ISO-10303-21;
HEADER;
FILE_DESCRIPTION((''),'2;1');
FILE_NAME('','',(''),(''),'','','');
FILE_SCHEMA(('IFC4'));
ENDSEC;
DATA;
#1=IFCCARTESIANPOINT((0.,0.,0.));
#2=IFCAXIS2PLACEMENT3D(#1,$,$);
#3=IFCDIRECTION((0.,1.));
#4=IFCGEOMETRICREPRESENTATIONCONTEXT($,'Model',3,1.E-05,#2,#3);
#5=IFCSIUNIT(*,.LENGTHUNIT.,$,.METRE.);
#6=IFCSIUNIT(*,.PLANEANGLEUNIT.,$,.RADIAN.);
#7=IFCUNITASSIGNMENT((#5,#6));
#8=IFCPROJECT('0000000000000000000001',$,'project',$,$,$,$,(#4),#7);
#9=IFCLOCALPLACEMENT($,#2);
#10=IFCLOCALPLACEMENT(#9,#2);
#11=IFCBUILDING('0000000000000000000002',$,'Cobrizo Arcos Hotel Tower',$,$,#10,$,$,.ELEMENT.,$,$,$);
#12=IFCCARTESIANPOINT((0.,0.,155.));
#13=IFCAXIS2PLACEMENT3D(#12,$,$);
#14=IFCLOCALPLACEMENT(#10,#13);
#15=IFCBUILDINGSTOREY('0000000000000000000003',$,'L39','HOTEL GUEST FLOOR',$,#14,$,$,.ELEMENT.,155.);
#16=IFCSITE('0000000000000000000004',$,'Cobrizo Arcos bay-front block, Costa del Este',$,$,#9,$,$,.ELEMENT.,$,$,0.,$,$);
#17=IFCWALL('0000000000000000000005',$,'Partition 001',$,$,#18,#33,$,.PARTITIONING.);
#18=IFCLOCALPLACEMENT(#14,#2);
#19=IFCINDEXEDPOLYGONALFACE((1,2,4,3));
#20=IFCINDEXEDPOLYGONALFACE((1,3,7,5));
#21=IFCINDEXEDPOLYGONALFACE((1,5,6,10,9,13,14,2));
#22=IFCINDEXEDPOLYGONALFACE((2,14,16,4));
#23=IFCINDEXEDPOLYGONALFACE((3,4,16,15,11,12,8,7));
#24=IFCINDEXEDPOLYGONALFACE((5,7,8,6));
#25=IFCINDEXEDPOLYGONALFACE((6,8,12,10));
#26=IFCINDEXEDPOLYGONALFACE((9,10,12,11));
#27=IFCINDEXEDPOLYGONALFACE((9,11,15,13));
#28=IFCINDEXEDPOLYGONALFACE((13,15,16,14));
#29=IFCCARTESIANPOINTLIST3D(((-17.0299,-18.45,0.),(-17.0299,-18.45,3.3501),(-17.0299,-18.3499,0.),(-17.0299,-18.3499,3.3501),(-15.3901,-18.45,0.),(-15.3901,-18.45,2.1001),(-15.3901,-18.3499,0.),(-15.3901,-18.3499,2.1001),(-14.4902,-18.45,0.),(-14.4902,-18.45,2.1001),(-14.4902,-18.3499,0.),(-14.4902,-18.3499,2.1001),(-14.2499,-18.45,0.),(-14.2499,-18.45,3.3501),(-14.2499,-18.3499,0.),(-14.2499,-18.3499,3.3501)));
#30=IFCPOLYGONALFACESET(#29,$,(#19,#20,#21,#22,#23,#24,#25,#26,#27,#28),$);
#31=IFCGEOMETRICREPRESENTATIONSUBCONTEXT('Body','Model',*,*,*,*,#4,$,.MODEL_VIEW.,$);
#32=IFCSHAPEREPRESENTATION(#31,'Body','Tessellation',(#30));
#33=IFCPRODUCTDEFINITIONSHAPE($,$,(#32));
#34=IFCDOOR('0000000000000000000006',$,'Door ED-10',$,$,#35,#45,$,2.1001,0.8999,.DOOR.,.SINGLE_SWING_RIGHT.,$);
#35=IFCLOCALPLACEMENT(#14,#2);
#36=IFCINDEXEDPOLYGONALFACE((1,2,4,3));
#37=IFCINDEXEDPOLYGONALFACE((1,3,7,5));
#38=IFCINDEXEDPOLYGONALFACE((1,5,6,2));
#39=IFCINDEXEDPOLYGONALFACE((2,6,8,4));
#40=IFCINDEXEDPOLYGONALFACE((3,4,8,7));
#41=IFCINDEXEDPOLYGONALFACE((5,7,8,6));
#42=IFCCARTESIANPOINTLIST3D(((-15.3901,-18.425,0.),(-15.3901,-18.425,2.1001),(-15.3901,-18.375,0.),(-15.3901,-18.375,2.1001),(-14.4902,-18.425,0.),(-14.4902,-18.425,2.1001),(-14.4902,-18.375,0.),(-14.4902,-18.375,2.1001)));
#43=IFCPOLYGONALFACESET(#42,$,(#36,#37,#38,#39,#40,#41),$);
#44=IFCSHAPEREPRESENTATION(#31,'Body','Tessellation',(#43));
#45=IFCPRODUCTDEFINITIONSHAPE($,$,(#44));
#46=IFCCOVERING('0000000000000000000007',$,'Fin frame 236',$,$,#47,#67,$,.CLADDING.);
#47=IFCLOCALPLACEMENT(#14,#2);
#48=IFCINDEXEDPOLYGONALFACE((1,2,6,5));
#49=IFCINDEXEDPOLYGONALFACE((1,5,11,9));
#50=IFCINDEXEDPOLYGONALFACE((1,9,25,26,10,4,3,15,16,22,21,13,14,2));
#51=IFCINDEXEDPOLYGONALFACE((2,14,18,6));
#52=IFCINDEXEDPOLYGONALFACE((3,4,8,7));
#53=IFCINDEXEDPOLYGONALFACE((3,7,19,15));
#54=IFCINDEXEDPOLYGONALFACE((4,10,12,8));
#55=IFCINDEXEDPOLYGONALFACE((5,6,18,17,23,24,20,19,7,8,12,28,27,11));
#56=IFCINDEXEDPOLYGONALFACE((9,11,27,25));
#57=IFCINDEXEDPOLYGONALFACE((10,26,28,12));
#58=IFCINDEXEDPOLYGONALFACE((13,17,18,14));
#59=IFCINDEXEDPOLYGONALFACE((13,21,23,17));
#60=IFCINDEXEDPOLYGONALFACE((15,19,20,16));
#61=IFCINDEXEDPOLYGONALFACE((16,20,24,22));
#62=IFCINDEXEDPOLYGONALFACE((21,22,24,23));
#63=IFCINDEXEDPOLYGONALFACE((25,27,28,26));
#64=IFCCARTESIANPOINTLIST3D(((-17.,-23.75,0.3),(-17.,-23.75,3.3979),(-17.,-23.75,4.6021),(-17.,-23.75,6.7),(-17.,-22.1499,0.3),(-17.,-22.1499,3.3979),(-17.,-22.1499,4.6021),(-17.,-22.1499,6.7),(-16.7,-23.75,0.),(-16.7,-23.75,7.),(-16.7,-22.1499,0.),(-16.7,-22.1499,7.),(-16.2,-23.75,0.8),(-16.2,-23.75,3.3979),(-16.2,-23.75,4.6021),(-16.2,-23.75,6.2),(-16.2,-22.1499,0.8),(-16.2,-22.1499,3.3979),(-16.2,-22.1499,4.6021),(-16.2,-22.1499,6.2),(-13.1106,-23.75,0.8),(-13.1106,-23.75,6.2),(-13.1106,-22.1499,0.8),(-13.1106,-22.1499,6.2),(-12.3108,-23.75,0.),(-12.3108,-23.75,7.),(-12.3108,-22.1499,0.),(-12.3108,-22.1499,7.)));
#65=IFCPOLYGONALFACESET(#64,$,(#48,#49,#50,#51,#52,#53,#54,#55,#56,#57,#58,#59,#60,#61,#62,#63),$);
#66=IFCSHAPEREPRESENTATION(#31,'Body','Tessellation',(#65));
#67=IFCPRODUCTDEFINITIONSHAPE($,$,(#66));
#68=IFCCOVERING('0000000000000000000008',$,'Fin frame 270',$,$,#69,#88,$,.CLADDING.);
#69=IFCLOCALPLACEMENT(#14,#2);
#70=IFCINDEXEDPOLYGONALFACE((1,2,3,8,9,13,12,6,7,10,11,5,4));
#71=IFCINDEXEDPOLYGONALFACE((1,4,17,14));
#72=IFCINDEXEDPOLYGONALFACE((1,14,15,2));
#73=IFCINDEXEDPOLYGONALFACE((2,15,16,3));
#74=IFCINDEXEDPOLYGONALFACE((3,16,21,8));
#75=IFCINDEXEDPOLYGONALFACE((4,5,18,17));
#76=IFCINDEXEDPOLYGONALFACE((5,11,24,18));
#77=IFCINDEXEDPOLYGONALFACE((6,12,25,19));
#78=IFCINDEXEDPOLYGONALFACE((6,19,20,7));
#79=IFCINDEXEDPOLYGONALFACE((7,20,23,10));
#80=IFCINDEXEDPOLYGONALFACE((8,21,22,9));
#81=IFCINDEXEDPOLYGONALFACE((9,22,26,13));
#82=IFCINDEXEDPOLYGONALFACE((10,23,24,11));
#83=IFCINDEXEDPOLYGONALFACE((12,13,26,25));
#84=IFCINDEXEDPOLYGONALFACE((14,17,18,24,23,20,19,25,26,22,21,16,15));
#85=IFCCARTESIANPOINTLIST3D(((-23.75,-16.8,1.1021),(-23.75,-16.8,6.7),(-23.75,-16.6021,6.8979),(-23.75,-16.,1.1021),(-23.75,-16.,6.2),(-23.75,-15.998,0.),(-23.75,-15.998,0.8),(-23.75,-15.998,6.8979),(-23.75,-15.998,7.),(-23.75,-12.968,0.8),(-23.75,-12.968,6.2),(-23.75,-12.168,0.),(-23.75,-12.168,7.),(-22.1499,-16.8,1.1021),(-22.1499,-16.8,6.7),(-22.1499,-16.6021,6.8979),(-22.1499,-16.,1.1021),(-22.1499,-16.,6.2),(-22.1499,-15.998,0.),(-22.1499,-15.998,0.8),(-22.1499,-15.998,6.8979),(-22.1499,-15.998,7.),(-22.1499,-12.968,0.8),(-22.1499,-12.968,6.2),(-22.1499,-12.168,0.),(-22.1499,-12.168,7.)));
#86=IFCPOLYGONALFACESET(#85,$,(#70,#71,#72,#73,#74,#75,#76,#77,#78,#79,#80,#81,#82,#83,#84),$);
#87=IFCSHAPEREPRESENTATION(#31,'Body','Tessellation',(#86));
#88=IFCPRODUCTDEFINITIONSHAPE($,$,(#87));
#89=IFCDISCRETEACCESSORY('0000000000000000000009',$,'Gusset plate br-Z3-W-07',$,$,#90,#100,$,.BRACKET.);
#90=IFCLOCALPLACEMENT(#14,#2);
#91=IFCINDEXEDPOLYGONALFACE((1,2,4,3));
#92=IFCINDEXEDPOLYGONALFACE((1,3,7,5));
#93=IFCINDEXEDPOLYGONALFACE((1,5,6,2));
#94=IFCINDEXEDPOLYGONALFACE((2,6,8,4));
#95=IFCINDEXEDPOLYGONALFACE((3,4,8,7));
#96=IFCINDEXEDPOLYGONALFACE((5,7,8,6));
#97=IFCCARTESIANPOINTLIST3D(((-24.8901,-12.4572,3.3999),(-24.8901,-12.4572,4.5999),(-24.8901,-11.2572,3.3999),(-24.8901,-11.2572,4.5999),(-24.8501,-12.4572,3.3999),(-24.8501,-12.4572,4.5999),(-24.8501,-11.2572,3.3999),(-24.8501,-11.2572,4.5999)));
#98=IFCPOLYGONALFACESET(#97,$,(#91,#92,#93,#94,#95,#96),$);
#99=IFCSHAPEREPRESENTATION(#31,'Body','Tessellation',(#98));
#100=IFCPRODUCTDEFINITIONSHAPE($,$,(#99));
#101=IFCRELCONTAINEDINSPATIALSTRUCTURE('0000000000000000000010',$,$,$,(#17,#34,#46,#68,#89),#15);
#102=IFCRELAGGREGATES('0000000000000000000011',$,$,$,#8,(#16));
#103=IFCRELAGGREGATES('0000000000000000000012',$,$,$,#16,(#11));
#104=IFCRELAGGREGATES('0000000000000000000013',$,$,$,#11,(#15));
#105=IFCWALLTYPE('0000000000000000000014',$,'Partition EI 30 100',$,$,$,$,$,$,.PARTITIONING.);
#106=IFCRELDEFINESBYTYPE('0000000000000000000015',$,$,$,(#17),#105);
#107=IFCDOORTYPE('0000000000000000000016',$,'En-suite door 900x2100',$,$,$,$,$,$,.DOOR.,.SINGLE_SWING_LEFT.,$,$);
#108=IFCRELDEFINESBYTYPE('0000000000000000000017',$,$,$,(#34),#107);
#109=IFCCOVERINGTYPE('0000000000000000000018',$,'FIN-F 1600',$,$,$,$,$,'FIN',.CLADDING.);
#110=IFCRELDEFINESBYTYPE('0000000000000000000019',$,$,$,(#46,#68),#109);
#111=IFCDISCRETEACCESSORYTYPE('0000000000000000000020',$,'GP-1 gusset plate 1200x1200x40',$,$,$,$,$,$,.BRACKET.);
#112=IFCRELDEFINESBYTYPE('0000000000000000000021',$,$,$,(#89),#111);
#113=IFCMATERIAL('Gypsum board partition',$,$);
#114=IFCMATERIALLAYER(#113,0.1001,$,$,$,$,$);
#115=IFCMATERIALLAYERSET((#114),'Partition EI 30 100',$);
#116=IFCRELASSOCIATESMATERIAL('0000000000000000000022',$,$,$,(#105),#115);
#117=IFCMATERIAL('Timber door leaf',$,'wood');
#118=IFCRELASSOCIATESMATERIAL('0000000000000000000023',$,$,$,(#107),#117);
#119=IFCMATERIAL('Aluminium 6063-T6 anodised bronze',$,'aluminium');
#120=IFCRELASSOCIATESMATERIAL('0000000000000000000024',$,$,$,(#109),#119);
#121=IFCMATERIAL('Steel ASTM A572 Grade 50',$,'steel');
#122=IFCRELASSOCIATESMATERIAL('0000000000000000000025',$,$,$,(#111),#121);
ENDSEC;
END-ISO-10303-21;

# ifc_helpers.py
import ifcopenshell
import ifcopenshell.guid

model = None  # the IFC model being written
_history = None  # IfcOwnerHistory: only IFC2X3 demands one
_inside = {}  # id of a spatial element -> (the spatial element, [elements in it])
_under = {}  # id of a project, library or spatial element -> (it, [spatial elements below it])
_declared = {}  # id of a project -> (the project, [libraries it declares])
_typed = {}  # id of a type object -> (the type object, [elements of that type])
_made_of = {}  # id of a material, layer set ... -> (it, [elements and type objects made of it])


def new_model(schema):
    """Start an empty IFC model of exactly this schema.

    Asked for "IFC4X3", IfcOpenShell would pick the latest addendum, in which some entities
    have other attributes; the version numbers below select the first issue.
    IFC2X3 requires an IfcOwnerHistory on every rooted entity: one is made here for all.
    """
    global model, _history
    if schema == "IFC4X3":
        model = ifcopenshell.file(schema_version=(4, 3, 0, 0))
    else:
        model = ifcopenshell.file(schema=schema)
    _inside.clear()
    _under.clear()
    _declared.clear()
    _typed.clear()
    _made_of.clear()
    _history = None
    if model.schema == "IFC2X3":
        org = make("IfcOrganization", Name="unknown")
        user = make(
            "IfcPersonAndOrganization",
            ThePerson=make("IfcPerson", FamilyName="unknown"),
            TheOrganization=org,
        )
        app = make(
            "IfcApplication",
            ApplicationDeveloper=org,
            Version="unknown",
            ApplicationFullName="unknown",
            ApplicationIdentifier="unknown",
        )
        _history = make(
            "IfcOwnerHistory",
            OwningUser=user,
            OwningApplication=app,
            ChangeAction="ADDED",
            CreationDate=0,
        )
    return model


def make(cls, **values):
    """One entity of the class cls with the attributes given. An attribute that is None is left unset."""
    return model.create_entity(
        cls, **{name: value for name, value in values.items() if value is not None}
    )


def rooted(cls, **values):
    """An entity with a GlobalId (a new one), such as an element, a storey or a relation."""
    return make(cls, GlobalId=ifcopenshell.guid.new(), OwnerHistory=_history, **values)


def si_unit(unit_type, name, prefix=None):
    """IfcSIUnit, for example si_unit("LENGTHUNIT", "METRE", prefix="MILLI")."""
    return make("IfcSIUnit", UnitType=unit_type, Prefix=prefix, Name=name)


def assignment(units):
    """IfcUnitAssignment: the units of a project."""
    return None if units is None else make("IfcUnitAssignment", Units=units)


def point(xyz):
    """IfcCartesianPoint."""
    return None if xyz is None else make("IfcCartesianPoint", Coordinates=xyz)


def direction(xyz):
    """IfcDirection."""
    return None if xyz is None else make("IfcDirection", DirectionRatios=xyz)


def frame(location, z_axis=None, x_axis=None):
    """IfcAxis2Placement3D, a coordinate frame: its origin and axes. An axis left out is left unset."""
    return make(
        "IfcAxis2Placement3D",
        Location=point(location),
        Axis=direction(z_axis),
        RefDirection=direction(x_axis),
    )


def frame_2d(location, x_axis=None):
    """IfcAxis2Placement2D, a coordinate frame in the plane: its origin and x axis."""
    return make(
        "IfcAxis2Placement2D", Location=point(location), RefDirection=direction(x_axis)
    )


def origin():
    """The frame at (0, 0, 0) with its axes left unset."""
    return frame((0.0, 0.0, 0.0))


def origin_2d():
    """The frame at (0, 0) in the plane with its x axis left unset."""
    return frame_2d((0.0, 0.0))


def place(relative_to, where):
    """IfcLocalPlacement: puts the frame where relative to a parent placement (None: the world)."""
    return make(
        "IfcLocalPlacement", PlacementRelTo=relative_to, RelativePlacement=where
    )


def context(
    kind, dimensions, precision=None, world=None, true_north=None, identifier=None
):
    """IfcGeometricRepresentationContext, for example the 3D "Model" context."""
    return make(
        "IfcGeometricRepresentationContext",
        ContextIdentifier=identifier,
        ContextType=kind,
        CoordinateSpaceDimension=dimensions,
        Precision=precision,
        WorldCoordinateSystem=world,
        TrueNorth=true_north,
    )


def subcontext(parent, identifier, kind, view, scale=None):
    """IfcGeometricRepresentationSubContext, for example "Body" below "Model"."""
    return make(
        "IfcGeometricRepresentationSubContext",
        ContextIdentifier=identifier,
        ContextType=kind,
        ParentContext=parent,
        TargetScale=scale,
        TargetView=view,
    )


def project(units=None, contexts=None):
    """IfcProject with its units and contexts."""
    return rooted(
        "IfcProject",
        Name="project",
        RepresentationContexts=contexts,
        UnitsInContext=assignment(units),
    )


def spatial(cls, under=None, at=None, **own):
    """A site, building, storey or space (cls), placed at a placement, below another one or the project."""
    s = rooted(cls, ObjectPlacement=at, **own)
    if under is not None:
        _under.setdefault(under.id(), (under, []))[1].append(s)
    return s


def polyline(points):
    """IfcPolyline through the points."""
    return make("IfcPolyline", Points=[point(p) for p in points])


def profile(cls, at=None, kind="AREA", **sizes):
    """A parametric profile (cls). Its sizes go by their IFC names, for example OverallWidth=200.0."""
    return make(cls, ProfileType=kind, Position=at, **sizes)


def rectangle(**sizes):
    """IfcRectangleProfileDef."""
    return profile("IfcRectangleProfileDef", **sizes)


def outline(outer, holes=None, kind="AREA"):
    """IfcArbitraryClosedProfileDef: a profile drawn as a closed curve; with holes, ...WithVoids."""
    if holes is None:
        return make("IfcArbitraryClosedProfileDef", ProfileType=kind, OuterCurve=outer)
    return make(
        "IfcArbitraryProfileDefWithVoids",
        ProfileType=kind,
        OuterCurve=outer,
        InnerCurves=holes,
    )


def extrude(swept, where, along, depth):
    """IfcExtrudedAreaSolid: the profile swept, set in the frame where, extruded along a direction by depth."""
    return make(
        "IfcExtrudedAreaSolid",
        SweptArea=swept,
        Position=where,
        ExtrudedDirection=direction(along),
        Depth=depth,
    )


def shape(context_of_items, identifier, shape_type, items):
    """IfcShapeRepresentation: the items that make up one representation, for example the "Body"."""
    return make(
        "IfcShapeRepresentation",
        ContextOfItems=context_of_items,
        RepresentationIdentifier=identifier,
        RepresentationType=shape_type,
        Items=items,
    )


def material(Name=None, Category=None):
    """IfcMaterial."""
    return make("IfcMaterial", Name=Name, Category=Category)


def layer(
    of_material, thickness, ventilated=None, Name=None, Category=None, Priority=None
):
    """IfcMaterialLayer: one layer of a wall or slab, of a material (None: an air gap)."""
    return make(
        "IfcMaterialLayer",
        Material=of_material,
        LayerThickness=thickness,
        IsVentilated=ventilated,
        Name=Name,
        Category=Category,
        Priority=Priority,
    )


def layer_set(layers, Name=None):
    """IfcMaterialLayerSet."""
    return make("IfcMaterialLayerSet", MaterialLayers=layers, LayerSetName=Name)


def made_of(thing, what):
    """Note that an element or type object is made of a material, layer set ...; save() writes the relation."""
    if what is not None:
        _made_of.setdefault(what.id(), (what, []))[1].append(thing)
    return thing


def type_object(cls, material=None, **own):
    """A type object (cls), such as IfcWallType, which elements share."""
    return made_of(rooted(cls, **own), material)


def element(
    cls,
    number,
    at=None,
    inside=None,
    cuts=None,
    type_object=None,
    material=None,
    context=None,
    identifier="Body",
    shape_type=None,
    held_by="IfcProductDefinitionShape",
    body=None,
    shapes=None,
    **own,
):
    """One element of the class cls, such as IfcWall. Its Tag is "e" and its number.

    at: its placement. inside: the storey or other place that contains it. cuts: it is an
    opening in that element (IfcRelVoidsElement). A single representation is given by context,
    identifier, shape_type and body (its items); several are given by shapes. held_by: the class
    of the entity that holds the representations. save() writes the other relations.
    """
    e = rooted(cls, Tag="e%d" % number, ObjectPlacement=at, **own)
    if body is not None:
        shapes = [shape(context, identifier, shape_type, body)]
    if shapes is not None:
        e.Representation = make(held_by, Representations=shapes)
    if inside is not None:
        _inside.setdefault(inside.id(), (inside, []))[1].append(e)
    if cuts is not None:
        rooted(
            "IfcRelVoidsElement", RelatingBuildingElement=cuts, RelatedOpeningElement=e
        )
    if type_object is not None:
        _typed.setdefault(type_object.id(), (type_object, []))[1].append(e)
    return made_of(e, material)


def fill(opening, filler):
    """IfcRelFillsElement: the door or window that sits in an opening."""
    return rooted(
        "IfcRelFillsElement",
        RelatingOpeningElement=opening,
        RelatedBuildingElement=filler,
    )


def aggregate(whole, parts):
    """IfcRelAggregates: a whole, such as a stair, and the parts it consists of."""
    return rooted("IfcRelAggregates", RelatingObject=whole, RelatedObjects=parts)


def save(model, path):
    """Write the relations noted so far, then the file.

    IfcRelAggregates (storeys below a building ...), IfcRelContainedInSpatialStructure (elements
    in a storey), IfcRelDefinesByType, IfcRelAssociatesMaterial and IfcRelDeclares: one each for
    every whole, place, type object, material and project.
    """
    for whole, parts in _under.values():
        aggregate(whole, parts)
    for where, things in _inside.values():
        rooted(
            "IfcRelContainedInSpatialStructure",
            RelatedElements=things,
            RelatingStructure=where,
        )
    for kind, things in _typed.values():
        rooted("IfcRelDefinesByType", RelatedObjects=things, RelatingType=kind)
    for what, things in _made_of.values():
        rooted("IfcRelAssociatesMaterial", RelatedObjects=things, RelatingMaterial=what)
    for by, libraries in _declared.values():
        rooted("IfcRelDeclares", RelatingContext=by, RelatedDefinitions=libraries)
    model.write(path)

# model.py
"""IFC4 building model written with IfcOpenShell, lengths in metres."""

from ifc_helpers import new_model, si_unit, direction, frame, frame_2d, origin, origin_2d, place, context, subcontext, project, spatial, polyline, rectangle, outline, extrude, material, layer, layer_set, type_object, element, fill, save


model = new_model("IFC4")

# Units and contexts
model_context = context("Model", 3, precision=1e-05, world=origin(), true_north=direction((0.0, 1.0)))
body_context = subcontext(model_context, "Body", "Model", "MODEL_VIEW")
ifc_project = project(units=[si_unit("LENGTHUNIT", "METRE"), si_unit("PLANEANGLEUNIT", "RADIAN")], contexts=[model_context])

# Site, building, storey
site_placement = place(None, origin())
site = spatial("IfcSite", under=ifc_project, at=site_placement, Name="Cobrizo Arcos bay-front block, Costa del Este", CompositionType="ELEMENT", RefElevation=0.0)
building_placement = place(site_placement, origin())
building = spatial("IfcBuilding", under=site, at=building_placement, Name="Cobrizo Arcos Hotel Tower", CompositionType="ELEMENT")
storey_placement = place(building_placement, frame((0.0, 0.0, 155.0)))
storey = spatial("IfcBuildingStorey", under=building, at=storey_placement, Name="L39", Description="HOTEL GUEST FLOOR", CompositionType="ELEMENT", Elevation=155.0)

# Shared definitions
ifc_material_1 = material(Name="Steel ASTM A572 Grade 50", Category="steel")

# Shared definitions
ifc_material_2 = material(Name="Aluminium 6063-T6 anodised bronze", Category="aluminium")

# Wall, opening, door
ifc_material_3 = material(Name="Gypsum board partition")
ifc_layer_1 = layer(ifc_material_3, 0.1001)
ifc_layer_set_1 = layer_set([ifc_layer_1], Name="Partition EI 30 100")
wall_type = type_object("IfcWallType", Name="Partition EI 30 100", PredefinedType="PARTITIONING", material=ifc_layer_set_1)
wall_placement = place(storey_placement, frame((-17.03, -18.3999, 0.0), z_axis=(0.0, 0.0, 1.0), x_axis=(1.0, 0.0, 0.0)))
wall = element("IfcWall", 1, at=wall_placement, inside=storey, type_object=wall_type, Name="Partition 001", PredefinedType="PARTITIONING", context=body_context, shape_type="SweptSolid", body=[
    extrude(rectangle(XDim=2.78, YDim=0.1001, at=frame_2d((1.3901, 0.0))), origin(), (0.0, 0.0, 1.0), 3.3501),
])
opening_placement = place(wall_placement, frame((1.6399, 0.0, 0.0)))
opening = element("IfcOpeningElement", 2, at=opening_placement, cuts=wall, PredefinedType="OPENING", context=body_context, shape_type="SweptSolid", body=[
    extrude(rectangle(XDim=0.8999, YDim=2.1001, at=frame_2d((0.45, 1.05))), frame((0.0, 0.062, 0.0), z_axis=(0.0, -1.0, 0.0), x_axis=(1.0, 0.0, 0.0)), (0.0, 0.0, 1.0), 0.124),
])
ifc_material_4 = material(Name="Timber door leaf", Category="wood")
door_type = type_object("IfcDoorType", Name="En-suite door 900x2100", OperationType="SINGLE_SWING_LEFT", PredefinedType="DOOR", material=ifc_material_4)
door_placement = place(opening_placement, origin())
door = element("IfcDoor", 3, at=door_placement, inside=storey, type_object=door_type, Name="Door ED-10", OperationType="SINGLE_SWING_RIGHT", OverallHeight=2.1001, OverallWidth=0.8999, PredefinedType="DOOR", context=body_context, shape_type="SweptSolid", body=[
    extrude(rectangle(XDim=0.8999, YDim=2.1001, at=frame_2d((0.45, 1.05))), frame((0.0, 0.0249, 0.0), z_axis=(0.0, -1.0, 0.0), x_axis=(1.0, 0.0, 0.0)), (0.0, 0.0, 1.0), 0.05),
])
fill(opening, door)

# Coverings
covering_type = type_object("IfcCoveringType", Name="FIN-F 1600", ElementType="FIN", PredefinedType="CLADDING", material=ifc_material_2)
covering_1_placement = place(storey_placement, frame((-17.0, -22.1499, 0.0), z_axis=(0.0, -1.0, 0.0), x_axis=(1.0, 0.0, 0.0)))
element("IfcCovering", 4, at=covering_1_placement, inside=storey, type_object=covering_type, Name="Fin frame 236", PredefinedType="CLADDING", context=body_context, shape_type="SweptSolid", body=[
    extrude(outline(polyline([(0.0, 6.7), (0.0, 4.6021), (0.8, 4.6021), (0.8, 6.2), (3.8894, 6.2), (3.8894, 0.8), (0.8, 0.8), (0.8, 3.3979), (0.0, 3.3979), (0.0, 0.3), (0.3, 0.0), (4.6892, 0.0), (4.6892, 7.0), (0.3, 7.0), (0.0, 6.7)])), origin(), (0.0, 0.0, 1.0), 1.6001),
])
covering_2_placement = place(storey_placement, frame((-22.1499, -12.168, 0.0), z_axis=(-1.0, 0.0, 0.0), x_axis=(0.0, -1.0, 0.0)))
element("IfcCovering", 5, at=covering_2_placement, inside=storey, type_object=covering_type, Name="Fin frame 270", PredefinedType="CLADDING", context=body_context, shape_type="SweptSolid", body=[
    extrude(outline(polyline([(0.0, 0.0), (3.8301, 0.0), (3.8301, 0.8), (0.8, 0.8), (0.8, 6.2), (3.832, 6.2), (3.832, 1.1021), (4.6321, 1.1021), (4.6321, 6.7), (4.4341, 6.8979), (3.8301, 6.8979), (3.8301, 7.0), (0.0, 7.0), (0.0, 0.0)])), origin(), (0.0, 0.0, 1.0), 1.6001),
])

# Discrete accessory
discrete_accessory_type = type_object("IfcDiscreteAccessoryType", Name="GP-1 gusset plate 1200x1200x40", PredefinedType="BRACKET", material=ifc_material_1)
discrete_accessory_placement = place(storey_placement, frame((-24.8701, -11.8572, 3.3999), z_axis=(0.0, 0.0, 1.0), x_axis=(1.0, 0.0, 0.0)))
element("IfcDiscreteAccessory", 6, at=discrete_accessory_placement, inside=storey, type_object=discrete_accessory_type, Name="Gusset plate br-Z3-W-07", PredefinedType="BRACKET", context=body_context, shape_type="SweptSolid", body=[
    extrude(rectangle(XDim=0.04, YDim=1.2, at=origin_2d()), origin(), (0.0, 0.0, 1.0), 1.2),
])

save(model, "model.ifc")
